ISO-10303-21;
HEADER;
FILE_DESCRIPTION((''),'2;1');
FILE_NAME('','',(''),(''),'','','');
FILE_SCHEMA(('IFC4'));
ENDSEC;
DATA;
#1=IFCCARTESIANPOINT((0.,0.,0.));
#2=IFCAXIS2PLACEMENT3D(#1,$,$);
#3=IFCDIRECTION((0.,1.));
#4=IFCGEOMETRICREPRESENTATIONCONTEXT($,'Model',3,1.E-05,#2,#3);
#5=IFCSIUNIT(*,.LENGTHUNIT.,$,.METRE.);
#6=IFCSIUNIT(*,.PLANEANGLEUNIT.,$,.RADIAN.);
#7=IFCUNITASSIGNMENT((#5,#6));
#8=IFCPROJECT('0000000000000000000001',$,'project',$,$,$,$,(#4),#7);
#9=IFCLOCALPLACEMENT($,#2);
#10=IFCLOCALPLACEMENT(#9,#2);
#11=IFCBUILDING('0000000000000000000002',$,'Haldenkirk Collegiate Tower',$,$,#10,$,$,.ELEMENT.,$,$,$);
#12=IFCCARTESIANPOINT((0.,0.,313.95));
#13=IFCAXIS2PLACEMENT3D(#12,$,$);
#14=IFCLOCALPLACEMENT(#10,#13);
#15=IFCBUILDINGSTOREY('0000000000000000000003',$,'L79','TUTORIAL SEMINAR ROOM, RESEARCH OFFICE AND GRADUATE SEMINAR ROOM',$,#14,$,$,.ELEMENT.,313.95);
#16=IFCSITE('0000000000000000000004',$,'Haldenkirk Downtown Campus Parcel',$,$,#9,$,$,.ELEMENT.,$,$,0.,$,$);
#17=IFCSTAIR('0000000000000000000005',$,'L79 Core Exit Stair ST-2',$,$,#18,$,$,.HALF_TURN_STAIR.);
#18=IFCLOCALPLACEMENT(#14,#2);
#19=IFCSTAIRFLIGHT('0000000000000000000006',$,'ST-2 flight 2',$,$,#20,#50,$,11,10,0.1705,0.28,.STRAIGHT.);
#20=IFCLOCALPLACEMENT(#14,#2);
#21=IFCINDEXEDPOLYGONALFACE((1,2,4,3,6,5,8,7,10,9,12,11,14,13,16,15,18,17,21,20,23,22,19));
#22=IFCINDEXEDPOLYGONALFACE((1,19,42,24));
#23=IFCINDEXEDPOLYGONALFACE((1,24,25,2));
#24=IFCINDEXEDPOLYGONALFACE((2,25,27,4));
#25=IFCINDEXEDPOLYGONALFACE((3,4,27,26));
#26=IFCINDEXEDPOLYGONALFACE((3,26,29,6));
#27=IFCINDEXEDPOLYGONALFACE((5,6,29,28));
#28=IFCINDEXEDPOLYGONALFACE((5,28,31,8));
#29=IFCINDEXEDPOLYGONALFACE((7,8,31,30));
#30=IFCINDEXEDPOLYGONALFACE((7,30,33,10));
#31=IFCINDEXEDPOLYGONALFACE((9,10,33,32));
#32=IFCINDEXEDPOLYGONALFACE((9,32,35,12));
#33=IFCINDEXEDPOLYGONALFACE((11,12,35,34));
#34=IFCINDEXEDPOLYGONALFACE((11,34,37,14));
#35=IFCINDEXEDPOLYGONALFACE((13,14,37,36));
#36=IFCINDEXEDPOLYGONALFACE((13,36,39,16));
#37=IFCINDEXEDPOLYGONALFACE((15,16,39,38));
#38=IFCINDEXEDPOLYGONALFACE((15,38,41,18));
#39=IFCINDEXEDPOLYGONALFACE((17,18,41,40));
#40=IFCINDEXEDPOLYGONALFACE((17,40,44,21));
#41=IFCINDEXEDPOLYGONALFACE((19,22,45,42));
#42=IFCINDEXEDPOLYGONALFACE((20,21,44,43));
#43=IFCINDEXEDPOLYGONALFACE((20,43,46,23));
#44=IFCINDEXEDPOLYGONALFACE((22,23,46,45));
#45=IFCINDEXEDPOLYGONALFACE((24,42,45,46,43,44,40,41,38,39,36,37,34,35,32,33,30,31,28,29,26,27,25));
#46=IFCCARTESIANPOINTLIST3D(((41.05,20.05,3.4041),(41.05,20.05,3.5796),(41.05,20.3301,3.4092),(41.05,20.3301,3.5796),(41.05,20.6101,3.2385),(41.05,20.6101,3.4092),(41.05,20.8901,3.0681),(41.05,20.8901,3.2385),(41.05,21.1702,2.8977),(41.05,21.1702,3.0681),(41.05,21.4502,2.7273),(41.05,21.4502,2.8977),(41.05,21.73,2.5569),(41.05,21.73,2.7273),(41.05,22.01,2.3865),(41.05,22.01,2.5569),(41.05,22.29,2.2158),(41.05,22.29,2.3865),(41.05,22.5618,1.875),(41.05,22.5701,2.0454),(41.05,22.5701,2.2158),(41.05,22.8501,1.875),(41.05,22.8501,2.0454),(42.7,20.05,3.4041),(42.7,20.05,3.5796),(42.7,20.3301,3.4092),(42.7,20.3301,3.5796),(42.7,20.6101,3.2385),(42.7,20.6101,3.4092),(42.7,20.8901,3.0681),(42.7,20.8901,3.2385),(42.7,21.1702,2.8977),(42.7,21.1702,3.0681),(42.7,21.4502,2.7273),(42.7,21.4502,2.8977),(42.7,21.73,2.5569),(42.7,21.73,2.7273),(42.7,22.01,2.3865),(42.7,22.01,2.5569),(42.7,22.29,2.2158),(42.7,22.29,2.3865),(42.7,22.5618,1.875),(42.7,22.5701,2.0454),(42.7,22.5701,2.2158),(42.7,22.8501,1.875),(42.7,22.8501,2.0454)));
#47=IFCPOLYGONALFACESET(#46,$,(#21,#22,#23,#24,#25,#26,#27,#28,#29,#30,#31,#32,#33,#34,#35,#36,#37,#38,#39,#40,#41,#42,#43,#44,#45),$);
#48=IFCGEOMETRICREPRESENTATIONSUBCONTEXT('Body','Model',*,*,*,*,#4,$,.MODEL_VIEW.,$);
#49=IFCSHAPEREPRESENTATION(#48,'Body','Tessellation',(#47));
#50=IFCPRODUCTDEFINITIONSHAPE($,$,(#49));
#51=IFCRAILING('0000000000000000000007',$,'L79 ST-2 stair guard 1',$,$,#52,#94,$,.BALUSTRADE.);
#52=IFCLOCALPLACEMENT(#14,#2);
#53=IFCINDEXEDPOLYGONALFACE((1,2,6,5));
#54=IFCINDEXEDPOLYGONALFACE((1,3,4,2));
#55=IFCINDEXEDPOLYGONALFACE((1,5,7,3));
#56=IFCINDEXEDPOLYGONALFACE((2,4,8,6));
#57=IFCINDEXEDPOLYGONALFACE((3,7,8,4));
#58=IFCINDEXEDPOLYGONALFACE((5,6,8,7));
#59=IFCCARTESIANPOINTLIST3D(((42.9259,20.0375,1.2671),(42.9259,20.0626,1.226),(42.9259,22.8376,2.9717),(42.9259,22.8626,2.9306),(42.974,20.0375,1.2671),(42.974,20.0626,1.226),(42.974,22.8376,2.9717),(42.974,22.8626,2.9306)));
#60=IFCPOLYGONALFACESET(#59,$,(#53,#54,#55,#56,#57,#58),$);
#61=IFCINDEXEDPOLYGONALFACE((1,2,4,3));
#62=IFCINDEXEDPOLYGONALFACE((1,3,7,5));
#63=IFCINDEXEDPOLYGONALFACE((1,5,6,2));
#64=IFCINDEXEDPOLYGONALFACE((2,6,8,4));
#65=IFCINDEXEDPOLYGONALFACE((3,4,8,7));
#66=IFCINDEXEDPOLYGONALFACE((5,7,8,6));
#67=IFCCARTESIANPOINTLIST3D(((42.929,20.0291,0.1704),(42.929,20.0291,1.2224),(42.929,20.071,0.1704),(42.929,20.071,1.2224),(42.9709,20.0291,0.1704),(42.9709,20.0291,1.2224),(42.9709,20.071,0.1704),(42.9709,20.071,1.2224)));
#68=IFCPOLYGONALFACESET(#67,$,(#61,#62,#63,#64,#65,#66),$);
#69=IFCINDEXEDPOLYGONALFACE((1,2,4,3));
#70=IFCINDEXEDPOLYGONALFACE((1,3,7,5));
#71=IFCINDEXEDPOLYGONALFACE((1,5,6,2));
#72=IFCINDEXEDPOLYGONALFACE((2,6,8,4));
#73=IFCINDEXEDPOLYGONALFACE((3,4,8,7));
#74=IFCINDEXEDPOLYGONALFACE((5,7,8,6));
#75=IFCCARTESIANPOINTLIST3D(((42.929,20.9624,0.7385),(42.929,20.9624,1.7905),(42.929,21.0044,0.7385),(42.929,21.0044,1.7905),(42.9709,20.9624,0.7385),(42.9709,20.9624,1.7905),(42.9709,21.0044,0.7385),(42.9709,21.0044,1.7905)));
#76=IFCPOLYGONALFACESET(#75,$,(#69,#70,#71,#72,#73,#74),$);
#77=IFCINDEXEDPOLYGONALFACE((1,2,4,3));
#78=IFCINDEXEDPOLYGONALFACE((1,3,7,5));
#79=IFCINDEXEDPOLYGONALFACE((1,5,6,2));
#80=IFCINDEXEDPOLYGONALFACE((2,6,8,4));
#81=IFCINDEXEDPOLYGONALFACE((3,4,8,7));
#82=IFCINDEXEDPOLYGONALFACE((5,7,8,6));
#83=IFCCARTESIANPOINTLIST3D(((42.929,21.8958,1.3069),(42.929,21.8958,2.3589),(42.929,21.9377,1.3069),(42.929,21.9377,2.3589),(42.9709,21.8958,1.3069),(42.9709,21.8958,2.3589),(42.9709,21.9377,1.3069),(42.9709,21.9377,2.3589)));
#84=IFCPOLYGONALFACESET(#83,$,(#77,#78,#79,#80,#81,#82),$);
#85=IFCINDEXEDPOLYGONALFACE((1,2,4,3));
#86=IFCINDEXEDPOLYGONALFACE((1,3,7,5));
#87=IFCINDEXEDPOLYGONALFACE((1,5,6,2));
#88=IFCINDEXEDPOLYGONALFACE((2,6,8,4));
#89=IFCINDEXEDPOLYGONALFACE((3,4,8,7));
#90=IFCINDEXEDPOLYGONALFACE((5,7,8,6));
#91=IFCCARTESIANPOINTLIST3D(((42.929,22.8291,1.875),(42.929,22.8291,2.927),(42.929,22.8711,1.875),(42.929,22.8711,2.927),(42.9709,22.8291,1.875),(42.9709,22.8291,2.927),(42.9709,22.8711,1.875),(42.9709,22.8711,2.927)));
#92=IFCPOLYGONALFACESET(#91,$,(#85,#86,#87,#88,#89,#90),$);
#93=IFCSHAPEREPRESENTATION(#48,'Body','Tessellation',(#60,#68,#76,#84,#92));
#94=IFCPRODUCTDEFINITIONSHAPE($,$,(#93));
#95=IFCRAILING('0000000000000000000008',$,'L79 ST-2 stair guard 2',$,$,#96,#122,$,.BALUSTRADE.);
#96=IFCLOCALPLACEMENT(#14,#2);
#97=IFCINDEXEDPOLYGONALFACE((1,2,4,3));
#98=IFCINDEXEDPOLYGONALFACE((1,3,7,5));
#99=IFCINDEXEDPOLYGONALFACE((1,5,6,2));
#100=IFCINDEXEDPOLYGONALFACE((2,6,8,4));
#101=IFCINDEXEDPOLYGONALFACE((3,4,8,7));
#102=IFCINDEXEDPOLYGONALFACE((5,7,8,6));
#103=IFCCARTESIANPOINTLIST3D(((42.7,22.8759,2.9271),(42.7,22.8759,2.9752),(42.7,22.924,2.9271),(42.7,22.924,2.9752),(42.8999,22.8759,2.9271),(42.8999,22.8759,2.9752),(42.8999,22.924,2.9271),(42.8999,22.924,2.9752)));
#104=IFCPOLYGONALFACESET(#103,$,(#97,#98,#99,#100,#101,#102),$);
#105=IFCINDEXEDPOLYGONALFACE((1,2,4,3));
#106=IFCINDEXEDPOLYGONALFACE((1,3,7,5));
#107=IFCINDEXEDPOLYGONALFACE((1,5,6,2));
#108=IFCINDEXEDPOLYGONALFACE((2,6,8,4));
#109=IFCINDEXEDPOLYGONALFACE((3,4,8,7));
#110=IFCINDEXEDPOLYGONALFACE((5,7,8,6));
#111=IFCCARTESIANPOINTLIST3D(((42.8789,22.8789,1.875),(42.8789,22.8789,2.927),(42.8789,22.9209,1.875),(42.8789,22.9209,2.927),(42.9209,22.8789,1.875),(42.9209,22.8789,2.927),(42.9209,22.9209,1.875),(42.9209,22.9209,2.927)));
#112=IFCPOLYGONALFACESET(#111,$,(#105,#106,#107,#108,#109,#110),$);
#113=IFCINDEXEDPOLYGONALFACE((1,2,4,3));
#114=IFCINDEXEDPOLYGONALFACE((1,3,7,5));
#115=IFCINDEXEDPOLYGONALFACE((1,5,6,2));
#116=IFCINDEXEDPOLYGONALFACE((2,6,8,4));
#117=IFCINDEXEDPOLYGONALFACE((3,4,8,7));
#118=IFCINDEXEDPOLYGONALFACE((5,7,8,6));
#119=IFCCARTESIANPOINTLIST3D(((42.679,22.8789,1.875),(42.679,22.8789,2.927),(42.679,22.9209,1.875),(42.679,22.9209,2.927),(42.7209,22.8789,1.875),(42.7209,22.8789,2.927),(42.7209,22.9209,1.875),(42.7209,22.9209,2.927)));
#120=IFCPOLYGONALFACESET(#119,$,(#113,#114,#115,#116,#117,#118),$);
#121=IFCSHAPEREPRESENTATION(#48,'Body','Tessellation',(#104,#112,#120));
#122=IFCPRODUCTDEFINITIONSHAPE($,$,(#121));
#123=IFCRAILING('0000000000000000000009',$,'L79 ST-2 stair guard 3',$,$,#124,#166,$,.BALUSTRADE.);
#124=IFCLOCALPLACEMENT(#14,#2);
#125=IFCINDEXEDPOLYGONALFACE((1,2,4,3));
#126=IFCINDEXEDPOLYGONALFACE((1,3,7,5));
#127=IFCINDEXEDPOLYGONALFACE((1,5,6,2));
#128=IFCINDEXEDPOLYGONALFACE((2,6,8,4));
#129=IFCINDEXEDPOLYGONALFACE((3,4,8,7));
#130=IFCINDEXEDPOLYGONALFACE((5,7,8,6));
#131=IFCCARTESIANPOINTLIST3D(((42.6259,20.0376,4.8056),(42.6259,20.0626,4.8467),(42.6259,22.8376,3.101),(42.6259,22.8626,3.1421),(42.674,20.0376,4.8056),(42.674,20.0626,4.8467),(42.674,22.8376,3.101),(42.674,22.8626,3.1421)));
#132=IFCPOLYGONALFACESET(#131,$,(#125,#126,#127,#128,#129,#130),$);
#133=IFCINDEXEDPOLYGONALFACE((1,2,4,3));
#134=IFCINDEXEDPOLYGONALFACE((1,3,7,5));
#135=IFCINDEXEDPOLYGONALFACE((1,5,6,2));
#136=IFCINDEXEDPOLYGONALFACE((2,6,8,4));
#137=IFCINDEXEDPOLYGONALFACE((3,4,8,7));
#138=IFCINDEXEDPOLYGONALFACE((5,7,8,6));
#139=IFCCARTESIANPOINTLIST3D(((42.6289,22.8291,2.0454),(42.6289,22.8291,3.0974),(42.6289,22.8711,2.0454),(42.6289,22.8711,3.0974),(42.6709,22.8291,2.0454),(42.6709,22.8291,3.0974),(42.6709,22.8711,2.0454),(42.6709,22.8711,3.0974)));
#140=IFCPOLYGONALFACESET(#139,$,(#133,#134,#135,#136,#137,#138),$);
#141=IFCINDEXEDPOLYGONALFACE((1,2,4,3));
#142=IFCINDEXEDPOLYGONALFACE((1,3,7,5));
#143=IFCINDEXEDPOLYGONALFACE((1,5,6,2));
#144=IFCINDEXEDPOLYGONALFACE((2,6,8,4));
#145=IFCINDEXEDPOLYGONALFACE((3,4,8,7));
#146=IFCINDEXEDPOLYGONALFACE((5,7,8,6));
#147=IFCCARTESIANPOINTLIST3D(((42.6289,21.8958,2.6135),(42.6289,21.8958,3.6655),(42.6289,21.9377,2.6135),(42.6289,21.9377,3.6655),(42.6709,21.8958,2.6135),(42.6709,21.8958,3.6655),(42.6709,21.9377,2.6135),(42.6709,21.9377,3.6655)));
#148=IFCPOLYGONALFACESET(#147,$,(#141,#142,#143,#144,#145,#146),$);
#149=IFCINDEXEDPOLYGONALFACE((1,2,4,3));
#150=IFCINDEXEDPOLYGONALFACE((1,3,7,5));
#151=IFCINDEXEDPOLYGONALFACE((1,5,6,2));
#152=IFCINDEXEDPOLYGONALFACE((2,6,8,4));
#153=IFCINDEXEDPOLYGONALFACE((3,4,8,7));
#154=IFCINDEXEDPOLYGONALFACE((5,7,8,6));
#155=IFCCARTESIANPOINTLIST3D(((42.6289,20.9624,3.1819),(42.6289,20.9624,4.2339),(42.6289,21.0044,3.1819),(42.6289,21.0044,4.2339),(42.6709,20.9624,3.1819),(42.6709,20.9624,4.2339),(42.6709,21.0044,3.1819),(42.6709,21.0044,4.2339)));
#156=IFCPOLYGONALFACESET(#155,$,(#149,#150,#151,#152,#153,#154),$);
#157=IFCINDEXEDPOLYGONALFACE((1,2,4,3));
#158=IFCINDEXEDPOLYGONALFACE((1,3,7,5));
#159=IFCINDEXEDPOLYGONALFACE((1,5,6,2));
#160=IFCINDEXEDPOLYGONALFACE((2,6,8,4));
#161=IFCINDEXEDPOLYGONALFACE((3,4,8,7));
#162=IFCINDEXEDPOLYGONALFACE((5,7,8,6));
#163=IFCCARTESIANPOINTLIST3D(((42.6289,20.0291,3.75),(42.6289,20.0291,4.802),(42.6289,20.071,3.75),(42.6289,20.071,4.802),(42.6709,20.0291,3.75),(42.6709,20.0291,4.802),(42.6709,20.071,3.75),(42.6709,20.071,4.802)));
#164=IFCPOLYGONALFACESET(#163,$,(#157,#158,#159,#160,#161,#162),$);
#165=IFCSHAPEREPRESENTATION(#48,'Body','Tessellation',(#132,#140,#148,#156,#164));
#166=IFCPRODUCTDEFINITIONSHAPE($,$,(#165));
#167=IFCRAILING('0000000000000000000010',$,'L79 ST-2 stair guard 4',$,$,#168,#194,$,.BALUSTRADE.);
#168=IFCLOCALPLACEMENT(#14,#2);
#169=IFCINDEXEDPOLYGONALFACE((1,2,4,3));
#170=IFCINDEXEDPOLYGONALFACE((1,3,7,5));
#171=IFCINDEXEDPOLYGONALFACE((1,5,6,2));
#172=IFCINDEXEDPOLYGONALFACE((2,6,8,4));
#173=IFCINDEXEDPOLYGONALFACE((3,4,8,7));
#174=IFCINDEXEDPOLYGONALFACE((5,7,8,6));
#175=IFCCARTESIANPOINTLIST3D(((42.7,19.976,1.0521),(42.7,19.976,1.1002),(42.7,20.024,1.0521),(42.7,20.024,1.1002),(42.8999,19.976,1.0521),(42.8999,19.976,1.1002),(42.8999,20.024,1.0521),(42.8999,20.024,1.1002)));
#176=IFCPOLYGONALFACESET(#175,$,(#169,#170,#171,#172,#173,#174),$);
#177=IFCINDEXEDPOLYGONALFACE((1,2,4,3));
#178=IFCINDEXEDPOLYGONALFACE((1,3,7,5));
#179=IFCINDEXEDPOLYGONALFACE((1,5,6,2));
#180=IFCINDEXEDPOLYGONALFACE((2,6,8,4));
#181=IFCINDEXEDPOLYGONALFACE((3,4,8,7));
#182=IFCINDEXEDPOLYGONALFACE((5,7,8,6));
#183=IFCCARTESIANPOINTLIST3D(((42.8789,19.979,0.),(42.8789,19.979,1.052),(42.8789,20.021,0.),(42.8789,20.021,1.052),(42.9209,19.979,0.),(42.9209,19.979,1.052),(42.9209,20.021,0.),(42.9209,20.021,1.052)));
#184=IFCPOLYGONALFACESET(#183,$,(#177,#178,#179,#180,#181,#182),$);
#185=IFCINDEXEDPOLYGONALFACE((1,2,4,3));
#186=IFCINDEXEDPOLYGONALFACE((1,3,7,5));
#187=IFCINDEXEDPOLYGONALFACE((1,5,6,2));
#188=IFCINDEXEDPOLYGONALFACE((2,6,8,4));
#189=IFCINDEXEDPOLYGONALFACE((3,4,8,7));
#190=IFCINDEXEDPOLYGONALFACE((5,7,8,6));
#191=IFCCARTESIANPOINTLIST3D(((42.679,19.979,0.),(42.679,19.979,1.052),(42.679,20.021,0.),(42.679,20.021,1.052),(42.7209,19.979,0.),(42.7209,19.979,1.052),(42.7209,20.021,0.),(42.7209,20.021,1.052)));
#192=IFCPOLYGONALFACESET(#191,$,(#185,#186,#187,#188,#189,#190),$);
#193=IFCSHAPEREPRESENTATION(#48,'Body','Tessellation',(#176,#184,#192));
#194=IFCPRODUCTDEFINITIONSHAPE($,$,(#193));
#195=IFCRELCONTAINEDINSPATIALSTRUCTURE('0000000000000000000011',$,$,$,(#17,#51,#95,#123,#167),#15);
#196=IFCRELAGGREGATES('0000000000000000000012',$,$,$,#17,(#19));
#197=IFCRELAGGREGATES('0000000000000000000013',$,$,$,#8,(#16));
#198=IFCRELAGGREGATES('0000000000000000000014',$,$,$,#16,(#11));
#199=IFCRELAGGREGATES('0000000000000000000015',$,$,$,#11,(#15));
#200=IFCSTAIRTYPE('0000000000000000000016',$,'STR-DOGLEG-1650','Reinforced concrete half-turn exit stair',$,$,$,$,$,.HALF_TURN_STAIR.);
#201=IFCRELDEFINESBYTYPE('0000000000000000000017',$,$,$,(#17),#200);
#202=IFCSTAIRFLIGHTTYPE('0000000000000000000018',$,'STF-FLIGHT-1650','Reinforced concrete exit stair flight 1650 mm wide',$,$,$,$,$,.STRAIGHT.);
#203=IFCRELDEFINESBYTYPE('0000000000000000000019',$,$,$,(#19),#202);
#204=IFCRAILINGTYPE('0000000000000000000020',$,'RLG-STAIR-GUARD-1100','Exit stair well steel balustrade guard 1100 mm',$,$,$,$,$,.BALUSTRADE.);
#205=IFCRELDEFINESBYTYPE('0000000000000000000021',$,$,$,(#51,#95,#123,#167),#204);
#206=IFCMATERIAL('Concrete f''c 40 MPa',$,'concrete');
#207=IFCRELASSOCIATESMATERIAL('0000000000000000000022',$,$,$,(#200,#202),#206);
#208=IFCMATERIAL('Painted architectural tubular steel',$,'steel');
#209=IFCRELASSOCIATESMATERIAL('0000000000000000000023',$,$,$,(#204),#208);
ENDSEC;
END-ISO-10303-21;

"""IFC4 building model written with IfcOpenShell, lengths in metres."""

from ifc_helpers import new_model, si_unit, direction, frame, origin, origin_2d, place, context, subcontext, project, spatial, polyline, rectangle, outline, extrude, material, type_object, element, aggregate, save


model = new_model("IFC4")

# Units and contexts
model_context = context("Model", 3, precision=1e-05, world=origin(), true_north=direction((0.0, 1.0)))
body_context = subcontext(model_context, "Body", "Model", "MODEL_VIEW")
ifc_project = project(units=[si_unit("LENGTHUNIT", "METRE"), si_unit("PLANEANGLEUNIT", "RADIAN")], contexts=[model_context])

# Site, building, storey
site_placement = place(None, origin())
site = spatial("IfcSite", under=ifc_project, at=site_placement, Name="Haldenkirk Downtown Campus Parcel", CompositionType="ELEMENT", RefElevation=0.0)
building_placement = place(site_placement, origin())
building = spatial("IfcBuilding", under=site, at=building_placement, Name="Haldenkirk Collegiate Tower", CompositionType="ELEMENT")
storey_placement = place(building_placement, frame((0.0, 0.0, 313.95)))
storey = spatial("IfcBuildingStorey", under=building, at=storey_placement, Name="L79", Description="TUTORIAL SEMINAR ROOM, RESEARCH OFFICE AND GRADUATE SEMINAR ROOM", CompositionType="ELEMENT", Elevation=313.95)

# Stair, stair flight
ifc_material_1 = material(Name="Concrete f'c 40 MPa", Category="concrete")
stair_type = type_object("IfcStairType", Name="STR-DOGLEG-1650", Description="Reinforced concrete half-turn exit stair", PredefinedType="HALF_TURN_STAIR", material=ifc_material_1)
stair_placement = place(storey_placement, origin())
stair = element("IfcStair", 1, at=stair_placement, inside=storey, type_object=stair_type, Name="L79 Core Exit Stair ST-2", PredefinedType="HALF_TURN_STAIR")
stair_flight_type = type_object("IfcStairFlightType", Name="STF-FLIGHT-1650", Description="Reinforced concrete exit stair flight 1650 mm wide", PredefinedType="STRAIGHT", material=ifc_material_1)
stair_flight_1_placement = place(storey_placement, frame((41.875, 22.8501, 1.875), z_axis=(0.0, 0.0, 1.0), x_axis=(0.0, -1.0, 0.0)))
stair_flight_1 = element("IfcStairFlight", 2, at=stair_flight_1_placement, type_object=stair_flight_type, Name="ST-2 flight 2", NumberOfRisers=11, NumberOfTreads=10, PredefinedType="STRAIGHT", RiserHeight=0.1705, TreadLength=0.28, context=body_context, shape_type="SweptSolid", body=[
    extrude(outline(polyline([(0.0, 0.0), (0.0, 0.1704), (0.28, 0.1704), (0.28, 0.3408), (0.5601, 0.3408), (0.5601, 0.5115), (0.8401, 0.5115), (0.8401, 0.6819), (1.1201, 0.6819), (1.1201, 0.8523), (1.3999, 0.8523), (1.3999, 1.0227), (1.6799, 1.0227), (1.6799, 1.1931), (1.96, 1.1931), (1.96, 1.3635), (2.24, 1.3635), (2.24, 1.5342), (2.52, 1.5342), (2.52, 1.7046), (2.8, 1.7046), (2.8, 1.875), (2.8, 1.5291), (0.2883, 0.0), (0.0, 0.0)])), frame((0.0, 0.825, 0.0), z_axis=(0.0, -1.0, 0.0), x_axis=(1.0, 0.0, 0.0)), (0.0, 0.0, 1.0), 1.6499),
])
aggregate(stair, [stair_flight_1])

# Railings
ifc_material_2 = material(Name="Painted architectural tubular steel", Category="steel")
railing_type_1 = type_object("IfcRailingType", Name="RLG-STAIR-GUARD-1100", Description="Exit stair well steel balustrade guard 1100 mm", PredefinedType="BALUSTRADE", material=ifc_material_2)
railing_1_placement = place(storey_placement, frame((42.95, 20.05, 0.1704)))
element("IfcRailing", 3, at=railing_1_placement, inside=storey, type_object=railing_type_1, Name="L79 ST-2 stair guard 1", PredefinedType="BALUSTRADE", context=body_context, shape_type="SweptSolid", body=[
    extrude(rectangle(XDim=0.0481, YDim=0.0481, at=origin_2d()), frame((0.0, 0.0, 1.0762), z_axis=(0.0, 0.85417, 0.519994), x_axis=(-1.0, 0.0, 0.0)), (0.0, 0.0, 1.0), 3.2781),
    extrude(rectangle(XDim=0.042, YDim=0.042, at=origin_2d()), origin(), (0.0, 0.0, 1.0), 1.052),
    extrude(rectangle(XDim=0.042, YDim=0.042, at=origin_2d()), frame((0.0, 0.9333, 0.5681)), (0.0, 0.0, 1.0), 1.052),
    extrude(rectangle(XDim=0.042, YDim=0.042, at=origin_2d()), frame((0.0, 1.8667, 1.1365)), (0.0, 0.0, 1.0), 1.052),
    extrude(rectangle(XDim=0.042, YDim=0.042, at=origin_2d()), frame((0.0, 2.8, 1.7046)), (0.0, 0.0, 1.0), 1.052),
])
railing_2_placement = place(storey_placement, frame((42.8999, 22.8999, 1.875)))
element("IfcRailing", 4, at=railing_2_placement, inside=storey, type_object=railing_type_1, Name="L79 ST-2 stair guard 2", PredefinedType="BALUSTRADE", context=body_context, shape_type="SweptSolid", body=[
    extrude(rectangle(XDim=0.0481, YDim=0.0481, at=origin_2d()), frame((0.0, 0.0, 1.0762), z_axis=(-1.0, 0.0, 0.0), x_axis=(0.0, -1.0, 0.0)), (0.0, 0.0, 1.0), 0.2),
    extrude(rectangle(XDim=0.042, YDim=0.042, at=origin_2d()), origin(), (0.0, 0.0, 1.0), 1.052),
    extrude(rectangle(XDim=0.042, YDim=0.042, at=origin_2d()), frame((-0.2, 0.0, 0.0)), (0.0, 0.0, 1.0), 1.052),
])
railing_3_placement = place(storey_placement, frame((42.6499, 22.8501, 2.0454)))
element("IfcRailing", 5, at=railing_3_placement, inside=storey, type_object=railing_type_1, Name="L79 ST-2 stair guard 3", PredefinedType="BALUSTRADE", context=body_context, shape_type="SweptSolid", body=[
    extrude(rectangle(XDim=0.0481, YDim=0.0481, at=origin_2d()), frame((0.0, 0.0, 1.0762), z_axis=(0.0, -0.85417, 0.519994), x_axis=(1.0, 0.0, 0.0)), (0.0, 0.0, 1.0), 3.2781),
    extrude(rectangle(XDim=0.042, YDim=0.042, at=origin_2d()), origin(), (0.0, 0.0, 1.0), 1.052),
    extrude(rectangle(XDim=0.042, YDim=0.042, at=origin_2d()), frame((0.0, -0.9333, 0.5681)), (0.0, 0.0, 1.0), 1.052),
    extrude(rectangle(XDim=0.042, YDim=0.042, at=origin_2d()), frame((0.0, -1.8667, 1.1365)), (0.0, 0.0, 1.0), 1.052),
    extrude(rectangle(XDim=0.042, YDim=0.042, at=origin_2d()), frame((0.0, -2.8, 1.7046)), (0.0, 0.0, 1.0), 1.052),
])
railing_4_placement = place(storey_placement, frame((42.8999, 20.0, 0.0)))
element("IfcRailing", 6, at=railing_4_placement, inside=storey, type_object=railing_type_1, Name="L79 ST-2 stair guard 4", PredefinedType="BALUSTRADE", context=body_context, shape_type="SweptSolid", body=[
    extrude(rectangle(XDim=0.0481, YDim=0.0481, at=origin_2d()), frame((0.0, 0.0, 1.0762), z_axis=(-1.0, 0.0, 0.0), x_axis=(0.0, -1.0, 0.0)), (0.0, 0.0, 1.0), 0.2),
    extrude(rectangle(XDim=0.042, YDim=0.042, at=origin_2d()), origin(), (0.0, 0.0, 1.0), 1.052),
    extrude(rectangle(XDim=0.042, YDim=0.042, at=origin_2d()), frame((-0.2, 0.0, 0.0)), (0.0, 0.0, 1.0), 1.052),
])

save(model, "model.ifc")
